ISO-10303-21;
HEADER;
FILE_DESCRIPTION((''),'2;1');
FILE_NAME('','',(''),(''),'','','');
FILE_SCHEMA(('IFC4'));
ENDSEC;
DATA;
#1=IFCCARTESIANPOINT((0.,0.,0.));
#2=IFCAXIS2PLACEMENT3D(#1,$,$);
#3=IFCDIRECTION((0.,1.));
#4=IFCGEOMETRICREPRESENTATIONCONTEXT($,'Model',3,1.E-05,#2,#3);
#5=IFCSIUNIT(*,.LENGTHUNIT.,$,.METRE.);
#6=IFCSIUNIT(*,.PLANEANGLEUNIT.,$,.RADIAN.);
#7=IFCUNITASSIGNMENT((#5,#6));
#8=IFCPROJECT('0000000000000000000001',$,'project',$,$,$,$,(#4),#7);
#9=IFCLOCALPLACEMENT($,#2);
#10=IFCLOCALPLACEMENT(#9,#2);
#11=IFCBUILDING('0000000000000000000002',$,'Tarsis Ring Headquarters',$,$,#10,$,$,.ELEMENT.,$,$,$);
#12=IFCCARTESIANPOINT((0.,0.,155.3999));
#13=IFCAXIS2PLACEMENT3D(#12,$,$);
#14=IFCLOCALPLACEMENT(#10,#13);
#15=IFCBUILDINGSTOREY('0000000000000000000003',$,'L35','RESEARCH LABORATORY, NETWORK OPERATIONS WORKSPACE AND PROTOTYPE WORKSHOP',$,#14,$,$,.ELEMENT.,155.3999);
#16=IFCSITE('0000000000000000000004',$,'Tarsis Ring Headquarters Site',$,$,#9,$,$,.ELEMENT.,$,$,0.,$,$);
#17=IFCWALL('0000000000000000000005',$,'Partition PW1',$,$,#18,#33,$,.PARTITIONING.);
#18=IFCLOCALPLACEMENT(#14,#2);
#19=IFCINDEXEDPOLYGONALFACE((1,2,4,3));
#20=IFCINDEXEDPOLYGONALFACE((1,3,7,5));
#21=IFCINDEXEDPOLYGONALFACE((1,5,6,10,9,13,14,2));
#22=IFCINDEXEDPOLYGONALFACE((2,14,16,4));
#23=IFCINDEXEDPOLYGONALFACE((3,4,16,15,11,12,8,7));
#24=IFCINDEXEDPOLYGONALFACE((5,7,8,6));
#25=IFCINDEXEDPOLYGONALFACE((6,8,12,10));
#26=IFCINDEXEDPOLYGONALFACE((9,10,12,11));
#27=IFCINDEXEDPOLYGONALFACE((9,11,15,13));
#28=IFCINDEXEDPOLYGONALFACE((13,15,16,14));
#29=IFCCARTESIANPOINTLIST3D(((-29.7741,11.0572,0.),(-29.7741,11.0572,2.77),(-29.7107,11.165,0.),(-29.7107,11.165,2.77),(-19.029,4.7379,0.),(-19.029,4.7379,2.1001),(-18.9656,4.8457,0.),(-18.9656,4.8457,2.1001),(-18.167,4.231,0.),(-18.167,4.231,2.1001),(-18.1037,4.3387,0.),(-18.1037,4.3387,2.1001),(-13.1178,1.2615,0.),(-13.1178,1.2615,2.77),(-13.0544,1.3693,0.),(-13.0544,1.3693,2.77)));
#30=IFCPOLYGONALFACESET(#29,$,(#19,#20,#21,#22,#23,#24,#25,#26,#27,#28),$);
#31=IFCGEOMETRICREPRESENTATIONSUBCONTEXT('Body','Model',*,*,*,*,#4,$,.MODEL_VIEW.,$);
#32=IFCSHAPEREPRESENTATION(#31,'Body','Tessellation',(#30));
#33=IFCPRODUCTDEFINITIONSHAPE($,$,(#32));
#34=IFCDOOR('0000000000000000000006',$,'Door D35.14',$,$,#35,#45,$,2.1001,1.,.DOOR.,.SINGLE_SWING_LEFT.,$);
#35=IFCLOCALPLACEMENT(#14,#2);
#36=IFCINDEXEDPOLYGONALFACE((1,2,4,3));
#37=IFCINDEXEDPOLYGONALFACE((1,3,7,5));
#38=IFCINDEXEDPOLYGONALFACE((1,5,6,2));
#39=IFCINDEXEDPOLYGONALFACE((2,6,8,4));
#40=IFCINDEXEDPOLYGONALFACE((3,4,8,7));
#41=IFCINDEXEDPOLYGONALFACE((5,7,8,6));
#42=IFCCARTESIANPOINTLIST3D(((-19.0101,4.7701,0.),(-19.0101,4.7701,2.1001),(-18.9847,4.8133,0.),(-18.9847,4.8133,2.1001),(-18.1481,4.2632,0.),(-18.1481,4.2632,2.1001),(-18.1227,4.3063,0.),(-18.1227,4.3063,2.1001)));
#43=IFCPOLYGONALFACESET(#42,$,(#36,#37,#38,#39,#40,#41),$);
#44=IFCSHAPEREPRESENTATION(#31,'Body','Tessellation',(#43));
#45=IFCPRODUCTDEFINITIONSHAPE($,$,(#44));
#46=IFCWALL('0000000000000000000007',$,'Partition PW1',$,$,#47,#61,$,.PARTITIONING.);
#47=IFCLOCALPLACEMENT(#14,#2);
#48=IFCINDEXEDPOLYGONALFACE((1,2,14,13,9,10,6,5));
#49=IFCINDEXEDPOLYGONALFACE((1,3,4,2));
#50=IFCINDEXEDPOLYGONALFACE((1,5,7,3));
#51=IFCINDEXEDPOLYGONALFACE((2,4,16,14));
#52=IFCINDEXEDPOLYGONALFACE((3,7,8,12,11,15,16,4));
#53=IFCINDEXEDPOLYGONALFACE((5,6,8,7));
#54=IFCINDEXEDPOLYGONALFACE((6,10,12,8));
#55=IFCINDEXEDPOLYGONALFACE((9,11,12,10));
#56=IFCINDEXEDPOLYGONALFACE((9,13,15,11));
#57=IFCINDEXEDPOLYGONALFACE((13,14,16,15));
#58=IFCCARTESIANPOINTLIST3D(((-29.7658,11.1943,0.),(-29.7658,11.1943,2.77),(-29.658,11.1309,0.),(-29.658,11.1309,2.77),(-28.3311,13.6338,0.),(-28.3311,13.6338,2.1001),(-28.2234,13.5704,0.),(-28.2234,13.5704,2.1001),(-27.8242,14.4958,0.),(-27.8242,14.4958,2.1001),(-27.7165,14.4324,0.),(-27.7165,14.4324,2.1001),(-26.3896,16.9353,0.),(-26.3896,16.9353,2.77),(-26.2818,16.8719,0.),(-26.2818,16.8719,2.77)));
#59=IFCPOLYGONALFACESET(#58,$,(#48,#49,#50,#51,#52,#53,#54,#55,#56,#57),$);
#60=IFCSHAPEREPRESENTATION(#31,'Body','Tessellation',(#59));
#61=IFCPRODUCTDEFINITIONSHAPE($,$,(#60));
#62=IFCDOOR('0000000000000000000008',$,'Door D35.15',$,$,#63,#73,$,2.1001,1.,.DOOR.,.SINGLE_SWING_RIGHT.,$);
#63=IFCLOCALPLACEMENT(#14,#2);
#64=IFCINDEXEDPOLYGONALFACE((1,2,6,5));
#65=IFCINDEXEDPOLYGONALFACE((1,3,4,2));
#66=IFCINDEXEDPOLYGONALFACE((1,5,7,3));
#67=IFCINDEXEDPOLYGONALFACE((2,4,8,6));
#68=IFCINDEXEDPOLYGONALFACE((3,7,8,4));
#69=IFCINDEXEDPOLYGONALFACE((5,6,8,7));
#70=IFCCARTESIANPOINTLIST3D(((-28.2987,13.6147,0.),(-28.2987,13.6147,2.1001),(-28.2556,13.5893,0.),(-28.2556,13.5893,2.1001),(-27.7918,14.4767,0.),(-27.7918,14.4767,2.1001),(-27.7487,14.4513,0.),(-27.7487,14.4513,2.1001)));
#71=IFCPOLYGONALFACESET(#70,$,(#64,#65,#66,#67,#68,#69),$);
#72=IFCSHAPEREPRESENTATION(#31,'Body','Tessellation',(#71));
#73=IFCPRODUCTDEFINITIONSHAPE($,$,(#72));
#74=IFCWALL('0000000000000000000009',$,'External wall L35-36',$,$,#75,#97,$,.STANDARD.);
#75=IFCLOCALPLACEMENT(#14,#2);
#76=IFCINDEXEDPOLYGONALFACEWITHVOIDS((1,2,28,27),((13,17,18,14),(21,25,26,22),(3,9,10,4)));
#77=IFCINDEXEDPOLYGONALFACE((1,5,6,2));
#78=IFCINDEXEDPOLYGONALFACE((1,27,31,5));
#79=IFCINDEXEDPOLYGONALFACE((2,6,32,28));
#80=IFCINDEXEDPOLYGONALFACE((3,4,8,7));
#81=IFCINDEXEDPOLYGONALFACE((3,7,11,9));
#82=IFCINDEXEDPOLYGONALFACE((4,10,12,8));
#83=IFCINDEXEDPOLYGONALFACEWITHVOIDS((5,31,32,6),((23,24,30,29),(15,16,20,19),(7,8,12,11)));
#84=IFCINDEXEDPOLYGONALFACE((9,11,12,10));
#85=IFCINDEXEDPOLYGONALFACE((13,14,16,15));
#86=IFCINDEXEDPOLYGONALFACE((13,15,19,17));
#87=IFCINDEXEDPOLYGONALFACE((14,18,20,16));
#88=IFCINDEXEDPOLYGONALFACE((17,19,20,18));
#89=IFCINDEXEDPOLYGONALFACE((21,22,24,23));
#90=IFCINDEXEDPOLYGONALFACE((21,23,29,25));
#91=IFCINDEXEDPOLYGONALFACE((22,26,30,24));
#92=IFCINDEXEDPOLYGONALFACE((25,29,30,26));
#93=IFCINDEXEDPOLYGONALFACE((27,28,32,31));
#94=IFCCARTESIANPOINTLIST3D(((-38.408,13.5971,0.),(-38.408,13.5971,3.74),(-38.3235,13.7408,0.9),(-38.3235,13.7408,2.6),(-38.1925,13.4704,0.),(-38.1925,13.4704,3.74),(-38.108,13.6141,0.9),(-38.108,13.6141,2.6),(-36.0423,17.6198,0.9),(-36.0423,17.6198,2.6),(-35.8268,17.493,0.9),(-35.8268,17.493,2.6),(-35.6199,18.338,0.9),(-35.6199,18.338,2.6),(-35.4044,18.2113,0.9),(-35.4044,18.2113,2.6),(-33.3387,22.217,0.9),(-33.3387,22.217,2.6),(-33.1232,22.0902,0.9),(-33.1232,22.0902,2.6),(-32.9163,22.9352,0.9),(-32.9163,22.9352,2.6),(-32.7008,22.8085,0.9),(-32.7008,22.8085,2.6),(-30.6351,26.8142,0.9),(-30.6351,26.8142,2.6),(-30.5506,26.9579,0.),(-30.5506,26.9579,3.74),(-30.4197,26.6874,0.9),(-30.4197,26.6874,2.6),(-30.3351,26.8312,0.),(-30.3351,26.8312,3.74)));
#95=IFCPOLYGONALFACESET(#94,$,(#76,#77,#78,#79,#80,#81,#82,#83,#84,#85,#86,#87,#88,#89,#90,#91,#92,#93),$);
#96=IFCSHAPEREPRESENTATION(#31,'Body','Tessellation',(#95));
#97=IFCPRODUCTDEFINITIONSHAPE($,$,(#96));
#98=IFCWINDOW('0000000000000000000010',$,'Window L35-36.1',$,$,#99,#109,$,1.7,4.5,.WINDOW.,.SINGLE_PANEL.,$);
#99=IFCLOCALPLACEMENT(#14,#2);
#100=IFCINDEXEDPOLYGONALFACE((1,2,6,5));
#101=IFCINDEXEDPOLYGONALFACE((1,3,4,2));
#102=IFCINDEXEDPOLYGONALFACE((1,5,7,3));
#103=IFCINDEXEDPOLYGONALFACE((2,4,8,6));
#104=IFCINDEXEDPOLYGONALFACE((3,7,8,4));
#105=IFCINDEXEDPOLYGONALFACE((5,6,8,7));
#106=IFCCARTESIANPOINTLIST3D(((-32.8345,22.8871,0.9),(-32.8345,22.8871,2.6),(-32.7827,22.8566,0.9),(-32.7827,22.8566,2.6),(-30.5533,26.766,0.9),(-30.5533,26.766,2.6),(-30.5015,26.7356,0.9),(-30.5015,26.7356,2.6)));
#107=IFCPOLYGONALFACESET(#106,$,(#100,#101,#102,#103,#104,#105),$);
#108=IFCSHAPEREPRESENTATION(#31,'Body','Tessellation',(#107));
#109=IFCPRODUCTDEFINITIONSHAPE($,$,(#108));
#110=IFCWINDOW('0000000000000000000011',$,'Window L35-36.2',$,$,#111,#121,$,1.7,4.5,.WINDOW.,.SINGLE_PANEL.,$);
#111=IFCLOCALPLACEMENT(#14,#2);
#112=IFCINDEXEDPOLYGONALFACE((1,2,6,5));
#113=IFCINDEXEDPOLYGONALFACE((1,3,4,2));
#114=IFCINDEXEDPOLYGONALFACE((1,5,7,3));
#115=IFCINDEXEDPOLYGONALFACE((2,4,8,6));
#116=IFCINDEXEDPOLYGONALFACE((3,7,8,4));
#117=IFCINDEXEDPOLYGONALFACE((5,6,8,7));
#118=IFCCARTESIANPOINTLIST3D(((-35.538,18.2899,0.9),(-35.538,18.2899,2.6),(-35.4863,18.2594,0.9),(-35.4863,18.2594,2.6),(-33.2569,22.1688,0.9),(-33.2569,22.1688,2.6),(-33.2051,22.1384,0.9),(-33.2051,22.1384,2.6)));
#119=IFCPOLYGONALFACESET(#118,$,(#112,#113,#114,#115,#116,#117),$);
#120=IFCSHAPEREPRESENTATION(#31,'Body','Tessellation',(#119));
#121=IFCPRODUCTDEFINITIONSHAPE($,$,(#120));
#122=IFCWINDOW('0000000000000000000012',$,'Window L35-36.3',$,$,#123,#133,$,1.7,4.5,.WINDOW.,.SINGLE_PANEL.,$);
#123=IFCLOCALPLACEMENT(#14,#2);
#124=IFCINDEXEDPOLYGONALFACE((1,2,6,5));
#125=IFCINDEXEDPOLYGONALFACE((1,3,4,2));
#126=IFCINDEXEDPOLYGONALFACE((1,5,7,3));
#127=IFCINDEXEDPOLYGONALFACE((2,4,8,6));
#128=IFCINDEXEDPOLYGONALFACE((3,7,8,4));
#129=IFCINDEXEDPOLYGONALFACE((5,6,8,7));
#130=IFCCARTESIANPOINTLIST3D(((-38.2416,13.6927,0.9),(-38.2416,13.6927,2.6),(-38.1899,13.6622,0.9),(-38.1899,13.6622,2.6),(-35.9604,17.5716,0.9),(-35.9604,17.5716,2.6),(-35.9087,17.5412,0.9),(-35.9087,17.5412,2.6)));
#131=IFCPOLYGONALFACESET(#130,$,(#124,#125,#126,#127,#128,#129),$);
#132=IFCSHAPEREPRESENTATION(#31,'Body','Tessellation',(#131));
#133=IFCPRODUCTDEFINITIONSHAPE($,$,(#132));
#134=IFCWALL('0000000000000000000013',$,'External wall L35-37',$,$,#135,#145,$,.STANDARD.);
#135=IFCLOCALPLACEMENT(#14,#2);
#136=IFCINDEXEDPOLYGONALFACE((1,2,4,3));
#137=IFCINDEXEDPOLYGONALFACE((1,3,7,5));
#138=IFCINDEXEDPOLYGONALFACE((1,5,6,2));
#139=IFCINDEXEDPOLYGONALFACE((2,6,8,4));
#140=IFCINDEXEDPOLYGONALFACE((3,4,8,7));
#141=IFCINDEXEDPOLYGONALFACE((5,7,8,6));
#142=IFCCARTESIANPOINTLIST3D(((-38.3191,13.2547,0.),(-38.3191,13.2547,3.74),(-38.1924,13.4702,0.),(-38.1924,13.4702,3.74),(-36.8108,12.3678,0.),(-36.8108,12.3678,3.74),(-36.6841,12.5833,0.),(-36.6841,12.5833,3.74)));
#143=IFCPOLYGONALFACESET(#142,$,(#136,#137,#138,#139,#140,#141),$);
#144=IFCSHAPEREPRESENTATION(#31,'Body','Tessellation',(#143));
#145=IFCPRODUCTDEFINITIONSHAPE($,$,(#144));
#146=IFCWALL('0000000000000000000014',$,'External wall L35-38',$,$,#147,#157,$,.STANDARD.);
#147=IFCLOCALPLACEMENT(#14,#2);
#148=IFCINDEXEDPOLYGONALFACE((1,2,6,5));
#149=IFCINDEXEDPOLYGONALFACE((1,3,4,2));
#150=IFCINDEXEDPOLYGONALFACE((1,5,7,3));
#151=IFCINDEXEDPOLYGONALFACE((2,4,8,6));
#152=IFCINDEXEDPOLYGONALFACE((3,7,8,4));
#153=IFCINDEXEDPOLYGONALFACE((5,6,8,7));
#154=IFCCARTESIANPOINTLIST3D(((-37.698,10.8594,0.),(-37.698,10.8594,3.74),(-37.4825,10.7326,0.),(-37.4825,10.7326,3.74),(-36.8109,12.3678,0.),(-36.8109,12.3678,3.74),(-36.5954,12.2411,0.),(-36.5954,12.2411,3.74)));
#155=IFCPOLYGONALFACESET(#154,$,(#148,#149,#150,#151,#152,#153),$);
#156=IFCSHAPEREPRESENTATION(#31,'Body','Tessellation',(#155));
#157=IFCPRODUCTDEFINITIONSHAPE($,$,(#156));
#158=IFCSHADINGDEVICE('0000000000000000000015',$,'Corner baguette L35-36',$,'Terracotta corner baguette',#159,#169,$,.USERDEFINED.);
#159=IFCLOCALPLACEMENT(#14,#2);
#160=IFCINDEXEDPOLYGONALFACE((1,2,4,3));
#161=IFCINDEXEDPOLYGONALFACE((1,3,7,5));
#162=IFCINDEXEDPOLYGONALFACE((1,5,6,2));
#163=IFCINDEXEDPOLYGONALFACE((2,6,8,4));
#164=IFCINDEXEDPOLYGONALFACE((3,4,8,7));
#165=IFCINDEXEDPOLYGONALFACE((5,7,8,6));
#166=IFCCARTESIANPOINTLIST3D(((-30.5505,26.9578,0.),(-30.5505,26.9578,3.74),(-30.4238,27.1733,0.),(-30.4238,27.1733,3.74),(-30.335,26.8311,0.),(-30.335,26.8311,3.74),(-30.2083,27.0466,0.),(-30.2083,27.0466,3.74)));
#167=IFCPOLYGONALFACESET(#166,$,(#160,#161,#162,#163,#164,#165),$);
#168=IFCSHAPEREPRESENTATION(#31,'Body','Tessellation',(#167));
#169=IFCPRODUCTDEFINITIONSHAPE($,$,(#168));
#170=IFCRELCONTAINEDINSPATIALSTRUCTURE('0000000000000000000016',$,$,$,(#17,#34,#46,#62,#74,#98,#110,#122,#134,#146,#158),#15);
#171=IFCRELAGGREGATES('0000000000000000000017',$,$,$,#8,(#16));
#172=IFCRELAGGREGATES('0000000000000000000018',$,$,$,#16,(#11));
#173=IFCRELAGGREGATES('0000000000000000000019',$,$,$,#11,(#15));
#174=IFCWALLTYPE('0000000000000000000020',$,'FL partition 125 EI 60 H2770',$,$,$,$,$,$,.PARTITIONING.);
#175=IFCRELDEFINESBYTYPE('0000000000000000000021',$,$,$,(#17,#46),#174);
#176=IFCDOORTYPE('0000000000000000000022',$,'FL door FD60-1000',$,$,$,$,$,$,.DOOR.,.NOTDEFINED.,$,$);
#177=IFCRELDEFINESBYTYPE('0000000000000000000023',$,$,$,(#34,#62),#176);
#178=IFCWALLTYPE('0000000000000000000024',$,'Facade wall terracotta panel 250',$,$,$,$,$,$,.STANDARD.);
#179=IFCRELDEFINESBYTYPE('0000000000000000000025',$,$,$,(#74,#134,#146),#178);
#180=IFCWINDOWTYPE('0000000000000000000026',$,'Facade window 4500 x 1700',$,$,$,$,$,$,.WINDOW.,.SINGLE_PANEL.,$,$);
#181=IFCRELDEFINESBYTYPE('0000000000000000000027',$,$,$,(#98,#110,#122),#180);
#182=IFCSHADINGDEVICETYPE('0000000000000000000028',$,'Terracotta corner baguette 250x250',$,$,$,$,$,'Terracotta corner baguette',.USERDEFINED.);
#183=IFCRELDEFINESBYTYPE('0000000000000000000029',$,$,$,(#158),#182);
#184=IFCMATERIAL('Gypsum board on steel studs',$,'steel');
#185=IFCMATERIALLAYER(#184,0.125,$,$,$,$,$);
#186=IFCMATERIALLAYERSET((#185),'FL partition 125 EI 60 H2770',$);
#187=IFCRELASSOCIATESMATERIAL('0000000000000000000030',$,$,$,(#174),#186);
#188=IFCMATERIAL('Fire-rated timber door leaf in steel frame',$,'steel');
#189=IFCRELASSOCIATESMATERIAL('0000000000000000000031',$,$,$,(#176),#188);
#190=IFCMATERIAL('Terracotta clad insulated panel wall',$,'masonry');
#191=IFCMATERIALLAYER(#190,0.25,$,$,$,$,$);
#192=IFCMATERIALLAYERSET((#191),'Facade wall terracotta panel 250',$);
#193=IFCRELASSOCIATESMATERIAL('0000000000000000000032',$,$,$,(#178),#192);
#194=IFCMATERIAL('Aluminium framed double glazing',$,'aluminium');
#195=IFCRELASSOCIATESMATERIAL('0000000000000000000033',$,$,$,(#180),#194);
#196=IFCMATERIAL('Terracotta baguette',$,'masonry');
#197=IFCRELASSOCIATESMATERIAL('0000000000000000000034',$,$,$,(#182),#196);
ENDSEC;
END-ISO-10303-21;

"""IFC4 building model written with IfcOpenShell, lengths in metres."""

from ifc_helpers import new_model, si_unit, direction, frame, frame_2d, origin, origin_2d, place, context, subcontext, project, spatial, rectangle, extrude, material, layer, layer_set, type_object, element, fill, save


model = new_model("IFC4")

# Units and contexts
model_context = context("Model", 3, precision=1e-05, world=origin(), true_north=direction((0.0, 1.0)))
body_context = subcontext(model_context, "Body", "Model", "MODEL_VIEW")
ifc_project = project(units=[si_unit("LENGTHUNIT", "METRE"), si_unit("PLANEANGLEUNIT", "RADIAN")], contexts=[model_context])

# Site, building, storey
site_placement = place(None, origin())
site = spatial("IfcSite", under=ifc_project, at=site_placement, Name="Tarsis Ring Headquarters Site", CompositionType="ELEMENT", RefElevation=0.0)
building_placement = place(site_placement, origin())
building = spatial("IfcBuilding", under=site, at=building_placement, Name="Tarsis Ring Headquarters", CompositionType="ELEMENT")
storey_placement = place(building_placement, frame((0.0, 0.0, 155.3999)))
storey = spatial("IfcBuildingStorey", under=building, at=storey_placement, Name="L35", Description="RESEARCH LABORATORY, NETWORK OPERATIONS WORKSPACE AND PROTOTYPE WORKSHOP", CompositionType="ELEMENT", Elevation=155.3999)

# Shared definitions
ifc_material_1 = material(Name="Gypsum board on steel studs", Category="steel")

# Walls, openings, doors
ifc_layer_1 = layer(ifc_material_1, 0.125)
ifc_layer_set_1 = layer_set([ifc_layer_1], Name="FL partition 125 EI 60 H2770")
wall_type_1 = type_object("IfcWallType", Name="FL partition 125 EI 60 H2770", PredefinedType="PARTITIONING", material=ifc_layer_set_1)
wall_1_placement = place(storey_placement, frame((-29.7424, 11.1111, 0.0), z_axis=(0.0, 0.0, 1.0), x_axis=(0.861983, -0.506938, 0.0)))
wall_1 = element("IfcWall", 1, at=wall_1_placement, inside=storey, type_object=wall_type_1, Name="Partition PW1", PredefinedType="PARTITIONING", context=body_context, shape_type="SweptSolid", body=[
    extrude(rectangle(XDim=19.3232, YDim=0.125, at=frame_2d((9.6616, 0.0))), origin(), (0.0, 0.0, 1.0), 2.77),
])
opening_1_placement = place(wall_1_placement, frame((12.4656, 0.0, 0.0)))
opening_1 = element("IfcOpeningElement", 2, at=opening_1_placement, cuts=wall_1, PredefinedType="OPENING", context=body_context, shape_type="SweptSolid", body=[
    extrude(rectangle(XDim=1.0, YDim=2.1001, at=frame_2d((0.5, 1.05))), frame((0.0, 0.0725, 0.0), z_axis=(0.0, -1.0, 0.0), x_axis=(1.0, 0.0, 0.0)), (0.0, 0.0, 1.0), 0.145),
])
ifc_material_2 = material(Name="Fire-rated timber door leaf in steel frame", Category="steel")
door_type = type_object("IfcDoorType", Name="FL door FD60-1000", OperationType="NOTDEFINED", PredefinedType="DOOR", material=ifc_material_2)
door_1_placement = place(opening_1_placement, origin())
door_1 = element("IfcDoor", 3, at=door_1_placement, inside=storey, type_object=door_type, Name="Door D35.14", OperationType="SINGLE_SWING_LEFT", OverallHeight=2.1001, OverallWidth=1.0, PredefinedType="DOOR", context=body_context, shape_type="SweptSolid", body=[
    extrude(rectangle(XDim=1.0, YDim=2.1001, at=frame_2d((0.5, 1.05))), frame((0.0, 0.0249, 0.0), z_axis=(0.0, -1.0, 0.0), x_axis=(1.0, 0.0, 0.0)), (0.0, 0.0, 1.0), 0.05),
])
fill(opening_1, door_1)
wall_2_placement = place(storey_placement, frame((-29.7119, 11.1626, 0.0), z_axis=(0.0, 0.0, 1.0), x_axis=(0.506929, 0.861988, 0.0)))
wall_2 = element("IfcWall", 4, at=wall_2_placement, inside=storey, type_object=wall_type_1, Name="Partition PW1", PredefinedType="PARTITIONING", context=body_context, shape_type="SweptSolid", body=[
    extrude(rectangle(XDim=6.6602, YDim=0.125, at=frame_2d((3.3301, 0.0))), origin(), (0.0, 0.0, 1.0), 2.77),
])
opening_2_placement = place(wall_2_placement, frame((2.8301, 0.0, 0.0)))
opening_2 = element("IfcOpeningElement", 5, at=opening_2_placement, cuts=wall_2, PredefinedType="OPENING", context=body_context, shape_type="SweptSolid", body=[
    extrude(rectangle(XDim=1.0, YDim=2.1001, at=frame_2d((0.5, 1.05))), frame((0.0, 0.0725, 0.0), z_axis=(0.0, -1.0, 0.0), x_axis=(1.0, 0.0, 0.0)), (0.0, 0.0, 1.0), 0.145),
])
door_2_placement = place(opening_2_placement, origin())
door_2 = element("IfcDoor", 6, at=door_2_placement, inside=storey, type_object=door_type, Name="Door D35.15", OperationType="SINGLE_SWING_RIGHT", OverallHeight=2.1001, OverallWidth=1.0, PredefinedType="DOOR", context=body_context, shape_type="SweptSolid", body=[
    extrude(rectangle(XDim=1.0, YDim=2.1001, at=frame_2d((0.5, 1.05))), frame((0.0, 0.0249, 0.0), z_axis=(0.0, -1.0, 0.0), x_axis=(1.0, 0.0, 0.0)), (0.0, 0.0, 1.0), 0.05),
])
fill(opening_2, door_2)

# Wall, openings, windows
ifc_material_3 = material(Name="Terracotta clad insulated panel wall", Category="masonry")
ifc_layer_2 = layer(ifc_material_3, 0.25)
ifc_layer_set_2 = layer_set([ifc_layer_2], Name="Facade wall terracotta panel 250")
wall_type_2 = type_object("IfcWallType", Name="Facade wall terracotta panel 250", PredefinedType="STANDARD", material=ifc_layer_set_2)
wall_3_placement = place(storey_placement, frame((-30.4429, 26.8945, 0.0), z_axis=(0.0, 0.0, 1.0), x_axis=(-0.506929, -0.861988, 0.0)))
wall_3 = element("IfcWall", 7, at=wall_3_placement, inside=storey, type_object=wall_type_2, Name="External wall L35-36", PredefinedType="STANDARD", context=body_context, shape_type="SweptSolid", body=[
    extrude(rectangle(XDim=15.5, YDim=0.25, at=frame_2d((7.75, 0.0))), origin(), (0.0, 0.0, 1.0), 3.74),
])
opening_3_placement = place(wall_3_placement, frame((0.1667, 0.0, 0.8999)))
opening_3 = element("IfcOpeningElement", 8, at=opening_3_placement, cuts=wall_3, PredefinedType="OPENING", context=body_context, shape_type="SweptSolid", body=[
    extrude(rectangle(XDim=4.5, YDim=1.7, at=frame_2d((2.25, 0.8501))), frame((0.0, 0.135, 0.0), z_axis=(0.0, -1.0, 0.0), x_axis=(1.0, 0.0, 0.0)), (0.0, 0.0, 1.0), 0.27),
])
opening_4_placement = place(wall_3_placement, frame((5.5, 0.0, 0.8999)))
opening_4 = element("IfcOpeningElement", 9, at=opening_4_placement, cuts=wall_3, PredefinedType="OPENING", context=body_context, shape_type="SweptSolid", body=[
    extrude(rectangle(XDim=4.5, YDim=1.7, at=frame_2d((2.25, 0.8501))), frame((0.0, 0.135, 0.0), z_axis=(0.0, -1.0, 0.0), x_axis=(1.0, 0.0, 0.0)), (0.0, 0.0, 1.0), 0.27),
])
opening_5_placement = place(wall_3_placement, frame((10.8333, 0.0, 0.8999)))
opening_5 = element("IfcOpeningElement", 10, at=opening_5_placement, cuts=wall_3, PredefinedType="OPENING", context=body_context, shape_type="SweptSolid", body=[
    extrude(rectangle(XDim=4.5, YDim=1.7, at=frame_2d((2.25, 0.8501))), frame((0.0, 0.135, 0.0), z_axis=(0.0, -1.0, 0.0), x_axis=(1.0, 0.0, 0.0)), (0.0, 0.0, 1.0), 0.27),
])
ifc_material_4 = material(Name="Aluminium framed double glazing", Category="aluminium")
window_type = type_object("IfcWindowType", Name="Facade window 4500 x 1700", PartitioningType="SINGLE_PANEL", PredefinedType="WINDOW", material=ifc_material_4)
window_1_placement = place(opening_3_placement, origin())
window_1 = element("IfcWindow", 11, at=window_1_placement, inside=storey, type_object=window_type, Name="Window L35-36.1", OverallHeight=1.7, OverallWidth=4.5, PartitioningType="SINGLE_PANEL", PredefinedType="WINDOW", context=body_context, shape_type="SweptSolid", body=[
    extrude(rectangle(XDim=4.5, YDim=1.7, at=frame_2d((2.25, 0.8501))), frame((0.0, 0.03, 0.0), z_axis=(0.0, -1.0, 0.0), x_axis=(1.0, 0.0, 0.0)), (0.0, 0.0, 1.0), 0.0601),
])
fill(opening_3, window_1)
window_2_placement = place(opening_4_placement, origin())
window_2 = element("IfcWindow", 12, at=window_2_placement, inside=storey, type_object=window_type, Name="Window L35-36.2", OverallHeight=1.7, OverallWidth=4.5, PartitioningType="SINGLE_PANEL", PredefinedType="WINDOW", context=body_context, shape_type="SweptSolid", body=[
    extrude(rectangle(XDim=4.5, YDim=1.7, at=frame_2d((2.25, 0.8501))), frame((0.0, 0.03, 0.0), z_axis=(0.0, -1.0, 0.0), x_axis=(1.0, 0.0, 0.0)), (0.0, 0.0, 1.0), 0.0601),
])
fill(opening_4, window_2)
window_3_placement = place(opening_5_placement, origin())
window_3 = element("IfcWindow", 13, at=window_3_placement, inside=storey, type_object=window_type, Name="Window L35-36.3", OverallHeight=1.7, OverallWidth=4.5, PartitioningType="SINGLE_PANEL", PredefinedType="WINDOW", context=body_context, shape_type="SweptSolid", body=[
    extrude(rectangle(XDim=4.5, YDim=1.7, at=frame_2d((2.25, 0.8501))), frame((0.0, 0.03, 0.0), z_axis=(0.0, -1.0, 0.0), x_axis=(1.0, 0.0, 0.0)), (0.0, 0.0, 1.0), 0.0601),
])
fill(opening_5, window_3)

# Walls
wall_4_placement = place(storey_placement, frame((-38.2559, 13.3625, 0.0), z_axis=(0.0, 0.0, 1.0), x_axis=(0.862002, -0.506904, 0.0)))
element("IfcWall", 14, at=wall_4_placement, inside=storey, type_object=wall_type_2, Name="External wall L35-37", PredefinedType="STANDARD", context=body_context, shape_type="SweptSolid", body=[
    extrude(rectangle(XDim=1.7498, YDim=0.25, at=frame_2d((0.875, 0.0))), origin(), (0.0, 0.0, 1.0), 3.74),
])
wall_5_placement = place(storey_placement, frame((-36.7031, 12.3044, 0.0), z_axis=(0.0, 0.0, 1.0), x_axis=(-0.506947, -0.861977, 0.0)))
element("IfcWall", 15, at=wall_5_placement, inside=storey, type_object=wall_type_2, Name="External wall L35-38", PredefinedType="STANDARD", context=body_context, shape_type="SweptSolid", body=[
    extrude(rectangle(XDim=1.75, YDim=0.25, at=frame_2d((0.875, 0.0))), origin(), (0.0, 0.0, 1.0), 3.74),
])

# Shading device
ifc_material_5 = material(Name="Terracotta baguette", Category="masonry")
shading_device_type_1 = type_object("IfcShadingDeviceType", Name="Terracotta corner baguette 250x250", ElementType="Terracotta corner baguette", PredefinedType="USERDEFINED", material=ifc_material_5)
for number, where, z_axis, x_axis, name in (
    (16, (-30.3794, 27.0022, 0.0), (0.0, 0.0, 1.0), (-0.861983, 0.506937, 0.0), "Corner baguette L35-36"),
):
    element("IfcShadingDevice", number, at=place(storey_placement, frame(where, z_axis=z_axis, x_axis=x_axis)), inside=storey, type_object=shading_device_type_1, Name=name, ObjectType="Terracotta corner baguette", PredefinedType="USERDEFINED", context=body_context, shape_type="SweptSolid", body=[
        extrude(rectangle(XDim=0.25, YDim=0.25, at=origin_2d()), origin(), (0.0, 0.0, 1.0), 3.74),
    ])

save(model, "model.ifc")
